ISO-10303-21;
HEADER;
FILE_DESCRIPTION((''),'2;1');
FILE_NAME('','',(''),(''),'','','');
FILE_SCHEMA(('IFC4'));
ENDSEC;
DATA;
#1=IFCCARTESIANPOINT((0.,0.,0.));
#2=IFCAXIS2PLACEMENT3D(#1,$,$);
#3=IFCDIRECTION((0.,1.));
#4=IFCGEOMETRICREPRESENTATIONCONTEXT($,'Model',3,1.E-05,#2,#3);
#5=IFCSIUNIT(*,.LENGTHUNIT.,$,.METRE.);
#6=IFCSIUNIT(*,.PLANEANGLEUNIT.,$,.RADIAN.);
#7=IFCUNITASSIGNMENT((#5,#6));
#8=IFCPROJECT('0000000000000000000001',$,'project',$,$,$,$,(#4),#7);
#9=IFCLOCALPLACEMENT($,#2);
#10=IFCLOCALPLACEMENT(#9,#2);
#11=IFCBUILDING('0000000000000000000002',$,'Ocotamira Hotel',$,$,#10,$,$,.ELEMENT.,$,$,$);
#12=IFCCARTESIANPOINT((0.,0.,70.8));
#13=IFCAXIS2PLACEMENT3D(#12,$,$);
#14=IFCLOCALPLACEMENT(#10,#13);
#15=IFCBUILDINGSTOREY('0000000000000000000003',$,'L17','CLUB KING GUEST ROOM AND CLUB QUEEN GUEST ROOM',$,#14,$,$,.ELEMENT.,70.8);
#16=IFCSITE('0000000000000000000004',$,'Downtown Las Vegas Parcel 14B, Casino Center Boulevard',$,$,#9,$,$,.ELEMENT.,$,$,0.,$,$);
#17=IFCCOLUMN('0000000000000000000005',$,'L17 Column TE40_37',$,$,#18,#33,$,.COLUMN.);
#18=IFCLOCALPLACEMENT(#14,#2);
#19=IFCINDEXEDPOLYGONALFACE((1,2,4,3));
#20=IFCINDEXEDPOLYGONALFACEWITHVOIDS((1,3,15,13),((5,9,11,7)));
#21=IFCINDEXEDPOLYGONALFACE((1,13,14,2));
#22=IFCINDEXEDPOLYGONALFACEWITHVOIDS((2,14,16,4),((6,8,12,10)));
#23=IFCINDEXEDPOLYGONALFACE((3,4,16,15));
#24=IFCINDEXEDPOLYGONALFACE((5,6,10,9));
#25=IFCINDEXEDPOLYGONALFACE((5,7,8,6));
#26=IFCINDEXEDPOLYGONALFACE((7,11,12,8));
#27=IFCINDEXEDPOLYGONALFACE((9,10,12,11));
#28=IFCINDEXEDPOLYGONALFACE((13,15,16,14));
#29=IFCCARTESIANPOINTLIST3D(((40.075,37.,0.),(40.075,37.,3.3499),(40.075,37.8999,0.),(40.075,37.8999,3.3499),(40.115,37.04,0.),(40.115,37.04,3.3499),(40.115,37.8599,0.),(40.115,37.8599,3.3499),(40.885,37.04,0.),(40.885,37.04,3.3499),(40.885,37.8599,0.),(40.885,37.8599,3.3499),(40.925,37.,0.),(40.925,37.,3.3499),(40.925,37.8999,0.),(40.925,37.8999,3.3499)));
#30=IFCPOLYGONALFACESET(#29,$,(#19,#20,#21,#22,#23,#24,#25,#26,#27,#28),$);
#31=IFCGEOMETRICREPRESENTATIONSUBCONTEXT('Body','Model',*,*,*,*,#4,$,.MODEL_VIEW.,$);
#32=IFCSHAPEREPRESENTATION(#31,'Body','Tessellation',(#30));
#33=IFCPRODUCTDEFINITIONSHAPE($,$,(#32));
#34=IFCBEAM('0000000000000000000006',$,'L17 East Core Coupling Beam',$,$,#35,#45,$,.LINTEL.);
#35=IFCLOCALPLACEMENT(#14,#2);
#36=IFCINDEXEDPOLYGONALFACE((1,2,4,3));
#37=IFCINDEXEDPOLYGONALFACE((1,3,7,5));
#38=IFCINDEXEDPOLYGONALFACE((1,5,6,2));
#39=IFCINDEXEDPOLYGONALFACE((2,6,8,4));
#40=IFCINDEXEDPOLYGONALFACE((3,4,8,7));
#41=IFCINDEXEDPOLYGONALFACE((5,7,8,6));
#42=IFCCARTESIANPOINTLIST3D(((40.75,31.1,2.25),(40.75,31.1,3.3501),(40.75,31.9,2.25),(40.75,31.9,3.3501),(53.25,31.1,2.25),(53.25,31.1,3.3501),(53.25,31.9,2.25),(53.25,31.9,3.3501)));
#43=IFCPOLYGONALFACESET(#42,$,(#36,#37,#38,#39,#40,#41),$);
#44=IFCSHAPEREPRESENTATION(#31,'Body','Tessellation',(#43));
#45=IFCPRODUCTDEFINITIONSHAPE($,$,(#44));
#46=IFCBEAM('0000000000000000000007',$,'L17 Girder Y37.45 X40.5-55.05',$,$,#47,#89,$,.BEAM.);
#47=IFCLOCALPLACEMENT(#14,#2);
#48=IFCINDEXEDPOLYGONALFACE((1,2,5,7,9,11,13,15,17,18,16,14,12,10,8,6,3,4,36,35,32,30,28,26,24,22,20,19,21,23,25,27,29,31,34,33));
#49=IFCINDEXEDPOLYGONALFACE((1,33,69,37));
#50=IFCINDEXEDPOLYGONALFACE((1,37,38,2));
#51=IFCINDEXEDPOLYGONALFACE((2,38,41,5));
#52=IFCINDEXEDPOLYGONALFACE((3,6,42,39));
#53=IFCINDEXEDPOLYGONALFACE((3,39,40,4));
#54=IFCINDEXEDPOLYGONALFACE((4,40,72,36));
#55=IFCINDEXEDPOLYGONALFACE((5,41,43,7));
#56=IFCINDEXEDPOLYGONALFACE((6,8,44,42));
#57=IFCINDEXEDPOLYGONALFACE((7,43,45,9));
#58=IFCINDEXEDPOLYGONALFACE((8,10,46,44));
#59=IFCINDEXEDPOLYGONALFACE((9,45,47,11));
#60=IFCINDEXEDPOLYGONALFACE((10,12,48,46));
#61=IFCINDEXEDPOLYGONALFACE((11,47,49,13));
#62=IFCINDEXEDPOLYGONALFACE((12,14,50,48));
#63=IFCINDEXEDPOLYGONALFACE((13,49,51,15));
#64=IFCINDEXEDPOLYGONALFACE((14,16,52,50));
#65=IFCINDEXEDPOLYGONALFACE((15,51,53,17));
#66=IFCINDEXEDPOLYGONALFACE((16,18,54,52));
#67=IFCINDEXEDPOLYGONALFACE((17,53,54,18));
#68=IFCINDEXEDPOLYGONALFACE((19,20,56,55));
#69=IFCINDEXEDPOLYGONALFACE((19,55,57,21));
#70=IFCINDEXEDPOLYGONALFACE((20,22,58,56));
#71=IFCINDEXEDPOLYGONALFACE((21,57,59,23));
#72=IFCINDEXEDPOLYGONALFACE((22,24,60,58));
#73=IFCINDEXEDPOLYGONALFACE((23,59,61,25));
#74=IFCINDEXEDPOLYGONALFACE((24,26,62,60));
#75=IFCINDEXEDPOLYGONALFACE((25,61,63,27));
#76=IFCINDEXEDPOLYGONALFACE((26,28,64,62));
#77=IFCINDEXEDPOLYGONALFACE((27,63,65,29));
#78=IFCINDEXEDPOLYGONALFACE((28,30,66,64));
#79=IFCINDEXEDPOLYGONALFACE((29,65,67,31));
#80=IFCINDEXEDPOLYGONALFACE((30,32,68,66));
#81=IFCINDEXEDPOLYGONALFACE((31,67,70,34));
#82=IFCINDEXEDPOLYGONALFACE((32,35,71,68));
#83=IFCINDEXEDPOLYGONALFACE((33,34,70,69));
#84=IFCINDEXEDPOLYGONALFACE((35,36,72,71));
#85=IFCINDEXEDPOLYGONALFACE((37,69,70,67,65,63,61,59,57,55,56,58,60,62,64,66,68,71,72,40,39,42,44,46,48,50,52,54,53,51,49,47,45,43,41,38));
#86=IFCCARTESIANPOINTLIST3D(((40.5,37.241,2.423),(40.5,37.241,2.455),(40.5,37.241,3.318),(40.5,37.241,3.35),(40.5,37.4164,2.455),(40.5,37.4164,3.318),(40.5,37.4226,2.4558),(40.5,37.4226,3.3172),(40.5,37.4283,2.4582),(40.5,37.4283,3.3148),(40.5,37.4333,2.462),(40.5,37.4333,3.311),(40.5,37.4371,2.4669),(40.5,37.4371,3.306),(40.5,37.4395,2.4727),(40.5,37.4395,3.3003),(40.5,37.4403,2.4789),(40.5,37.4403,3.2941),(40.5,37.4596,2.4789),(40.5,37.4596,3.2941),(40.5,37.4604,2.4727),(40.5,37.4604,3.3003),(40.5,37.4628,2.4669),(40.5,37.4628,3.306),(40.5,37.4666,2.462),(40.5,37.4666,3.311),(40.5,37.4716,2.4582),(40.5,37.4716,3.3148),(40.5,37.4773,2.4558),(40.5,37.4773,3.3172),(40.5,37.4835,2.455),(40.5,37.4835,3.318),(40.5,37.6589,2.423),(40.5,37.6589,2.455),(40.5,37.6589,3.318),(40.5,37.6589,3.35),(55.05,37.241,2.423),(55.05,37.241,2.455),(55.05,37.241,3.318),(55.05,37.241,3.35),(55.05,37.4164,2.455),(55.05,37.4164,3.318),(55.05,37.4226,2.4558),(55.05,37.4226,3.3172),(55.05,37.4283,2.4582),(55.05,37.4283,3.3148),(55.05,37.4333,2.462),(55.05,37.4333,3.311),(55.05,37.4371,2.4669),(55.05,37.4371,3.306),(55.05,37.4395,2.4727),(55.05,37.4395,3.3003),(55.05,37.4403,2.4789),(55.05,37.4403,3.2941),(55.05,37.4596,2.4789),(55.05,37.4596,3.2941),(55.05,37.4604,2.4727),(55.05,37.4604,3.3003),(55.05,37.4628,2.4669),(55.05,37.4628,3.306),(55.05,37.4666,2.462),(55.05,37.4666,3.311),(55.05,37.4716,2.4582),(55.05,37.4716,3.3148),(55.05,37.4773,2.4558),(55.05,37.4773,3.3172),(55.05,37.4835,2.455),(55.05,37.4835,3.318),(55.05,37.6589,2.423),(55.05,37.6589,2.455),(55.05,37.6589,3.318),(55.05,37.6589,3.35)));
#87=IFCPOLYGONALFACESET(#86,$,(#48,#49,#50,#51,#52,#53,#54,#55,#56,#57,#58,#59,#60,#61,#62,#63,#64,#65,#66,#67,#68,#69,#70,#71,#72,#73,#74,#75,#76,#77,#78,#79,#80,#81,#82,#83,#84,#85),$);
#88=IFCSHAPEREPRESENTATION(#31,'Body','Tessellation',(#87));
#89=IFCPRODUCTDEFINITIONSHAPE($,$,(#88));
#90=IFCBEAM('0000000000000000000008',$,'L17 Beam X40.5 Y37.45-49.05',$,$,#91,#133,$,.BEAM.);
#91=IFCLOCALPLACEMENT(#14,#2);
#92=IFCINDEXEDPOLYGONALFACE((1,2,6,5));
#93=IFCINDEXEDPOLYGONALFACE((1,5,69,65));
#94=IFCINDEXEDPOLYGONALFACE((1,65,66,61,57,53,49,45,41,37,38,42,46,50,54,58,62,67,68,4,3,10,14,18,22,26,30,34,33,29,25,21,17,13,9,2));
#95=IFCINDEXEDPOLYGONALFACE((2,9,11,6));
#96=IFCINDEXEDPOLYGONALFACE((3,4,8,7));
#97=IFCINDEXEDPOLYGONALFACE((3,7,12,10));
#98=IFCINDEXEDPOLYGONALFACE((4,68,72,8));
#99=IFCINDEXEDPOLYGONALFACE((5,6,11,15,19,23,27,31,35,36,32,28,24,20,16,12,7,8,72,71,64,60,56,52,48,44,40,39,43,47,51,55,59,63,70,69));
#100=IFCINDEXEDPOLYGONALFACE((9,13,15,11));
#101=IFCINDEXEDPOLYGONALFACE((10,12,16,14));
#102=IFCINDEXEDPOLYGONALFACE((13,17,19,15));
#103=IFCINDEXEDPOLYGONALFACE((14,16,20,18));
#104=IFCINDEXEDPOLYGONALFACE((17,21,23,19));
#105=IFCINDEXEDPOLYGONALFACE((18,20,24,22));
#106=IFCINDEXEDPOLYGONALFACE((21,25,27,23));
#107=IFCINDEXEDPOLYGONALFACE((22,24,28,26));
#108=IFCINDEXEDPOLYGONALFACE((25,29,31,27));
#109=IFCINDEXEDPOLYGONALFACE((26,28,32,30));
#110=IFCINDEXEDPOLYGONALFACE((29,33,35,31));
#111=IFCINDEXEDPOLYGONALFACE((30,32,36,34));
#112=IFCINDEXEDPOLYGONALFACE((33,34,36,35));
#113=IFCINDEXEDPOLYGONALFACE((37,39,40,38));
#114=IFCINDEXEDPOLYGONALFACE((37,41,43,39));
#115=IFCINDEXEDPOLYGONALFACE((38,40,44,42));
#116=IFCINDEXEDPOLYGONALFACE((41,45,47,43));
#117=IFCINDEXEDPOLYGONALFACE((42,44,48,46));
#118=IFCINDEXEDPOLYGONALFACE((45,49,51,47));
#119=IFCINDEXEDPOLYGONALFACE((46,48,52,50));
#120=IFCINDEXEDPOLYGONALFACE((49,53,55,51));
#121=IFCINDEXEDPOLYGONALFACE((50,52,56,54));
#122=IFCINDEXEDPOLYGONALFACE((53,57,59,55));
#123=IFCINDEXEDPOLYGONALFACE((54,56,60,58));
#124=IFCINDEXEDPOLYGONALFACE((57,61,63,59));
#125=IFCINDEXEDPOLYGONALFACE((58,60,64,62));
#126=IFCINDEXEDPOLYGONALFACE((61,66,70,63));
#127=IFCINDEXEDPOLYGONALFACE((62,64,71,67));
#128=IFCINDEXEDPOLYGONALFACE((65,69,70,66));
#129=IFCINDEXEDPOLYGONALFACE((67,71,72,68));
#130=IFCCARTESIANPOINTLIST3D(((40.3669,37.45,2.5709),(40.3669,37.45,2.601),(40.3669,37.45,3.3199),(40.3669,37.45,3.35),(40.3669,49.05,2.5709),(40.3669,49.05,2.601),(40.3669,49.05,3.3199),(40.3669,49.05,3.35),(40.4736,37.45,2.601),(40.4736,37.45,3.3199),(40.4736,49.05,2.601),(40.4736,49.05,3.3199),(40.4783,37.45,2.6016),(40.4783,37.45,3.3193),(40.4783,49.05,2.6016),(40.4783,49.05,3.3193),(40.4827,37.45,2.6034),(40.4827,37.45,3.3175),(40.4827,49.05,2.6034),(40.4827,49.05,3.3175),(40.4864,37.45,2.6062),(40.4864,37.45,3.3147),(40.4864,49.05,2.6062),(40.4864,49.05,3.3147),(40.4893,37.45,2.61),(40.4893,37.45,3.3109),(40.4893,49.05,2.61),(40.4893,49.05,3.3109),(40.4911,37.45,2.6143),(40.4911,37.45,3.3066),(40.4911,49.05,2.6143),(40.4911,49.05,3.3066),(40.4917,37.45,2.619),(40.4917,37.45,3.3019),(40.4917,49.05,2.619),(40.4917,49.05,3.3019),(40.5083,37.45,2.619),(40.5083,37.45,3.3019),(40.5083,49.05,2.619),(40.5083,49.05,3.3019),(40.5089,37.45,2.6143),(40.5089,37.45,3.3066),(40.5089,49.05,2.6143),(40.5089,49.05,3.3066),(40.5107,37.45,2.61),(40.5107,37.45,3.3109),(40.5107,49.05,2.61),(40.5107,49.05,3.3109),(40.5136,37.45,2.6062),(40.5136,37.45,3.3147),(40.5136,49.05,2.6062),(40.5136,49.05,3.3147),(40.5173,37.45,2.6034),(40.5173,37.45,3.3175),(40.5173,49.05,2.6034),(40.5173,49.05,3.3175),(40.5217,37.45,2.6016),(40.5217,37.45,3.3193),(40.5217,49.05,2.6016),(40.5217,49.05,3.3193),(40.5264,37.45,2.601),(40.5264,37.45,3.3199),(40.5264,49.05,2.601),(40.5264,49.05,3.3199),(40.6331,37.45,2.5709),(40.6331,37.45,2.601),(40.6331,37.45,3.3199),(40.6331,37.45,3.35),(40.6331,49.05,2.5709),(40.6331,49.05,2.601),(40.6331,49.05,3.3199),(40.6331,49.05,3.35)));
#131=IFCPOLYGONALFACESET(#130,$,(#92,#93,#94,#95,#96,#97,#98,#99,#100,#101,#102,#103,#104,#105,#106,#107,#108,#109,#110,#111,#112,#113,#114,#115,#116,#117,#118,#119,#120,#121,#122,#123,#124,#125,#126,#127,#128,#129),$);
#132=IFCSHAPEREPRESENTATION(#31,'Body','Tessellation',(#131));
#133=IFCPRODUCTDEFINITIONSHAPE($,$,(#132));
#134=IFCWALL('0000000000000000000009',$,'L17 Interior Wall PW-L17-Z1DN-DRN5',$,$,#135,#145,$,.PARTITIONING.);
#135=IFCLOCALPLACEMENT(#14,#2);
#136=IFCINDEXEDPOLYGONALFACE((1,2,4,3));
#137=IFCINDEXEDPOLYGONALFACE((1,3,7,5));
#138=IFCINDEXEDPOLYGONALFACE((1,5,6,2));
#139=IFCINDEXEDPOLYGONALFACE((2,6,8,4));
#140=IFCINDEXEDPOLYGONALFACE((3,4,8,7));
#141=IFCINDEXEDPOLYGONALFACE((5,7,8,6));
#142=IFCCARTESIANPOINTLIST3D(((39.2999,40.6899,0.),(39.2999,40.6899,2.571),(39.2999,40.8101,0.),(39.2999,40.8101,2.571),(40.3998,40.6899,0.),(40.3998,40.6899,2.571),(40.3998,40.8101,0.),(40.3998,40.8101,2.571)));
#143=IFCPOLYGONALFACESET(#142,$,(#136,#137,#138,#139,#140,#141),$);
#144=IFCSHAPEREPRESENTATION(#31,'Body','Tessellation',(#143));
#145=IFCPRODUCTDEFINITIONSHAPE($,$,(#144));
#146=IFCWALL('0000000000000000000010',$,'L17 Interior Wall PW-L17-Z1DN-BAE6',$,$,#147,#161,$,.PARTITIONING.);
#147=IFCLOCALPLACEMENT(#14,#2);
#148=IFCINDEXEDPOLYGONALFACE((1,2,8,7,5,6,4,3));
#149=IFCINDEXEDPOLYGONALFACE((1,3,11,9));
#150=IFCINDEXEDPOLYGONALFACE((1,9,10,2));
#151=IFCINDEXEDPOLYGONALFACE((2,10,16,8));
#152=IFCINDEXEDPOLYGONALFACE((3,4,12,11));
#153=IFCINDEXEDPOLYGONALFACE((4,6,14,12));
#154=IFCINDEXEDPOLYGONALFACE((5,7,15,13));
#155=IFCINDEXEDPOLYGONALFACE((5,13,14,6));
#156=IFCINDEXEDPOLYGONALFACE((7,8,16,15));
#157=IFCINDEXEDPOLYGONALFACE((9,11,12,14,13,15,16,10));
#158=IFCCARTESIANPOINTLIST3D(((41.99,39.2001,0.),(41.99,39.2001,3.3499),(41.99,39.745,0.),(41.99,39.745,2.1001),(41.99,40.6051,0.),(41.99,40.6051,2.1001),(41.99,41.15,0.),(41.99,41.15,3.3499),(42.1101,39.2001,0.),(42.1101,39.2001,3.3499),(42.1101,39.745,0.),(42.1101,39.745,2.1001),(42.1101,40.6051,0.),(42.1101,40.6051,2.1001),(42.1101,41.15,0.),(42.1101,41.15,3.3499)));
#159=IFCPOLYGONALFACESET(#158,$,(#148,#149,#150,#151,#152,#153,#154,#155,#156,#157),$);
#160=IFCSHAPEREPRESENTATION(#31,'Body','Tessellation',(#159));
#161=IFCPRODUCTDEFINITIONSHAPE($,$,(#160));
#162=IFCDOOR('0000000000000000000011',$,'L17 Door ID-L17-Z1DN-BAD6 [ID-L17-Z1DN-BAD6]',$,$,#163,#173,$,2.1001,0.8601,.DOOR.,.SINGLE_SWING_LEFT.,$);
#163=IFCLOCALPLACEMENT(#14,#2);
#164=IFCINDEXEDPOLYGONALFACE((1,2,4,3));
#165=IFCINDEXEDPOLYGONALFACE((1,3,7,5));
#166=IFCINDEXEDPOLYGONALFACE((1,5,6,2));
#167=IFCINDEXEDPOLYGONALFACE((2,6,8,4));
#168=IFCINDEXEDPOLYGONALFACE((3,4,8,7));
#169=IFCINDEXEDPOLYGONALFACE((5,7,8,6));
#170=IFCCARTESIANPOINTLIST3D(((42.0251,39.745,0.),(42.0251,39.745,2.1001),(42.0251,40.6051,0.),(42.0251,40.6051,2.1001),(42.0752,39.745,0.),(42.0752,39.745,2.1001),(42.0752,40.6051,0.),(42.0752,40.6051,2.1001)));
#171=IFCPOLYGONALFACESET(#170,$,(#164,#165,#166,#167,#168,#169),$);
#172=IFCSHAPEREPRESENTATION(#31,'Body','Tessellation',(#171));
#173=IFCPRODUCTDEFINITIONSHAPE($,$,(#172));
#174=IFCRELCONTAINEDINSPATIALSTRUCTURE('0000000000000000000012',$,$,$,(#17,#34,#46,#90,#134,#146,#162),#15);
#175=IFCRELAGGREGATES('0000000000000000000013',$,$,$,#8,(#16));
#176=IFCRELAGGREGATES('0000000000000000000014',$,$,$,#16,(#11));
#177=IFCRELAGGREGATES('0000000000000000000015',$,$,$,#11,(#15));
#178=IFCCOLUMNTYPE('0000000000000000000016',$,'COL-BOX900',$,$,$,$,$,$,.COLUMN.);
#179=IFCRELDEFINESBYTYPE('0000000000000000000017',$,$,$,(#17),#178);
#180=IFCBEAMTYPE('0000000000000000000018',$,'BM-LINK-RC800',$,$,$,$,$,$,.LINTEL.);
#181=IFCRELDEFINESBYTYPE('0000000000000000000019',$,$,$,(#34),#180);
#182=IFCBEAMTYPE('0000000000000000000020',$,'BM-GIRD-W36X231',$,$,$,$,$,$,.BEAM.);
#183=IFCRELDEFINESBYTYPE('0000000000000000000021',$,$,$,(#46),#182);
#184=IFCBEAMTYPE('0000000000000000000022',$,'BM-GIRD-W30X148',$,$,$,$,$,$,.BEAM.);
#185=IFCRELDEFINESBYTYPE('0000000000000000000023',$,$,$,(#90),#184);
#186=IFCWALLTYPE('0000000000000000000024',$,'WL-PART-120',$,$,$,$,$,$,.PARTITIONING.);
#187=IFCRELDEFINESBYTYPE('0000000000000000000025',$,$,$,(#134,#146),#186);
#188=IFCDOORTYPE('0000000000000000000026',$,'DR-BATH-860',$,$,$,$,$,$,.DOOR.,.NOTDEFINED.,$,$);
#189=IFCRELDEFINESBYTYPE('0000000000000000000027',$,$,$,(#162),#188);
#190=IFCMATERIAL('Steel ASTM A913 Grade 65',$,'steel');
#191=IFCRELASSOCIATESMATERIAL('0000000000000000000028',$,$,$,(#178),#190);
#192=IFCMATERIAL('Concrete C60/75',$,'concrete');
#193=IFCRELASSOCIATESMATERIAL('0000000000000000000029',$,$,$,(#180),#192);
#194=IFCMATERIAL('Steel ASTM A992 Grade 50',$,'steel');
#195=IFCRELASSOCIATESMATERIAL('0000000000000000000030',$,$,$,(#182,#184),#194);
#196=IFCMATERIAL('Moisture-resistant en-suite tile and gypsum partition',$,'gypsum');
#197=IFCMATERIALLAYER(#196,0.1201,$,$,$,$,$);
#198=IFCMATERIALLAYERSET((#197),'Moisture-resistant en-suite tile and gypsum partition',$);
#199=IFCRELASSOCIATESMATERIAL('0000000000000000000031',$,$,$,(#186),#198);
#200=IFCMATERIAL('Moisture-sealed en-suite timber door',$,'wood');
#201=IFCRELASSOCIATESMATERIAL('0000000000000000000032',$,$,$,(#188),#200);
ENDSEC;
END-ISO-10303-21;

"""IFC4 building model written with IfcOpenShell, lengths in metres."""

from ifc_helpers import new_model, si_unit, direction, frame, frame_2d, origin, origin_2d, place, context, subcontext, project, spatial, rectangle, hollow_rectangle, i_section, extrude, source, transform, mapped, material, layer, layer_set, material_profile, profile_set, type_object, element, fill, save


model = new_model("IFC4")

# Units and contexts
model_context = context("Model", 3, precision=1e-05, world=origin(), true_north=direction((0.0, 1.0)))
body_context = subcontext(model_context, "Body", "Model", "MODEL_VIEW")
ifc_project = project(units=[si_unit("LENGTHUNIT", "METRE"), si_unit("PLANEANGLEUNIT", "RADIAN")], contexts=[model_context])

# Site, building, storey
site_placement = place(None, origin())
site = spatial("IfcSite", under=ifc_project, at=site_placement, Name="Downtown Las Vegas Parcel 14B, Casino Center Boulevard", CompositionType="ELEMENT", RefElevation=0.0)
building_placement = place(site_placement, origin())
building = spatial("IfcBuilding", under=site, at=building_placement, Name="Ocotamira Hotel", CompositionType="ELEMENT")
storey_placement = place(building_placement, frame((0.0, 0.0, 70.8)))
storey = spatial("IfcBuildingStorey", under=building, at=storey_placement, Name="L17", Description="CLUB KING GUEST ROOM AND CLUB QUEEN GUEST ROOM", CompositionType="ELEMENT", Elevation=70.8)

# Column
ifc_material_1 = material(Name="Steel ASTM A913 Grade 65", Category="steel")
ifc_material_profile_1 = material_profile(ifc_material_1, hollow_rectangle(XDim=0.8501, YDim=0.8999, WallThickness=0.04, at=origin_2d()), Name="BOX900X850X40")
ifc_profile_set_1 = profile_set([ifc_material_profile_1], Name="Steel ASTM A913 Grade 65")
column_type = type_object("IfcColumnType", Name="COL-BOX900", PredefinedType="COLUMN", material=ifc_profile_set_1)
shared_shape_1 = source(origin(), body_context, "Body", "SweptSolid", [
    extrude(hollow_rectangle(XDim=0.8501, YDim=0.8999, WallThickness=0.04, at=origin_2d()), origin(), (0.0, 0.0, 1.0), 3.3499),
])
column_placement = place(storey_placement, frame((40.5, 37.45, 0.0), z_axis=(0.0, 0.0, 1.0), x_axis=(1.0, 0.0, 0.0)))
element("IfcColumn", 1, at=column_placement, inside=storey, type_object=column_type, Name="L17 Column TE40_37", PredefinedType="COLUMN", context=body_context, shape_type="MappedRepresentation", body=[
    mapped(shared_shape_1, transform((0.0, 0.0, 0.0), scale=1.0)),
])

# Beams
ifc_material_2 = material(Name="Concrete C60/75", Category="concrete")
ifc_material_profile_2 = material_profile(ifc_material_2, rectangle(XDim=0.8, YDim=1.1001, at=origin_2d()), Name="RC800X1100")
ifc_profile_set_2 = profile_set([ifc_material_profile_2], Name="Concrete C60/75")
beam_type_1 = type_object("IfcBeamType", Name="BM-LINK-RC800", PredefinedType="LINTEL", material=ifc_profile_set_2)
shared_shape_2 = source(origin(), body_context, "Body", "SweptSolid", [
    extrude(rectangle(XDim=0.8, YDim=1.1001, at=origin_2d()), origin(), (0.0, 0.0, 1.0), 12.5),
])
beam_1_placement = place(storey_placement, frame((40.75, 31.5, 2.8), z_axis=(1.0, 0.0, 0.0), x_axis=(0.0, 1.0, 0.0)))
element("IfcBeam", 2, at=beam_1_placement, inside=storey, type_object=beam_type_1, Name="L17 East Core Coupling Beam", PredefinedType="LINTEL", context=body_context, shape_type="MappedRepresentation", body=[
    mapped(shared_shape_2, transform((0.0, 0.0, 0.0), scale=1.0)),
])
ifc_material_3 = material(Name="Steel ASTM A992 Grade 50", Category="steel")
ifc_material_profile_3 = material_profile(ifc_material_3, i_section(OverallWidth=0.418, OverallDepth=0.927, WebThickness=0.0193, FlangeThickness=0.032, FilletRadius=0.0239, at=origin_2d()), Name="W36X231")
ifc_profile_set_3 = profile_set([ifc_material_profile_3], Name="Steel ASTM A992 Grade 50")
beam_type_2 = type_object("IfcBeamType", Name="BM-GIRD-W36X231", PredefinedType="BEAM", material=ifc_profile_set_3)
shared_shape_3 = source(origin(), body_context, "Body", "SweptSolid", [
    extrude(i_section(OverallWidth=0.418, OverallDepth=0.927, WebThickness=0.0193, FlangeThickness=0.032, FilletRadius=0.0239, at=origin_2d()), origin(), (0.0, 0.0, 1.0), 14.55),
])
beam_2_placement = place(storey_placement, frame((40.5, 37.45, 2.8865), z_axis=(1.0, 0.0, 0.0), x_axis=(0.0, 1.0, 0.0)))
element("IfcBeam", 3, at=beam_2_placement, inside=storey, type_object=beam_type_2, Name="L17 Girder Y37.45 X40.5-55.05", PredefinedType="BEAM", context=body_context, shape_type="MappedRepresentation", body=[
    mapped(shared_shape_3, transform((0.0, 0.0, 0.0), scale=1.0)),
])
ifc_material_profile_4 = material_profile(ifc_material_3, i_section(OverallWidth=0.2661, OverallDepth=0.7791, WebThickness=0.0166, FlangeThickness=0.03, FilletRadius=0.0181, at=origin_2d()), Name="W30X148")
ifc_profile_set_4 = profile_set([ifc_material_profile_4], Name="Steel ASTM A992 Grade 50")
beam_type_3 = type_object("IfcBeamType", Name="BM-GIRD-W30X148", PredefinedType="BEAM", material=ifc_profile_set_4)
shared_shape_4 = source(origin(), body_context, "Body", "SweptSolid", [
    extrude(i_section(OverallWidth=0.2661, OverallDepth=0.7791, WebThickness=0.0166, FlangeThickness=0.03, FilletRadius=0.0181, at=origin_2d()), origin(), (0.0, 0.0, 1.0), 11.6001),
])
beam_3_placement = place(storey_placement, frame((40.5, 37.45, 2.9604), z_axis=(0.0, 1.0, 0.0), x_axis=(-1.0, 0.0, 0.0)))
element("IfcBeam", 4, at=beam_3_placement, inside=storey, type_object=beam_type_3, Name="L17 Beam X40.5 Y37.45-49.05", PredefinedType="BEAM", context=body_context, shape_type="MappedRepresentation", body=[
    mapped(shared_shape_4, transform((0.0, 0.0, 0.0), scale=1.0)),
])

# Wall
ifc_material_4 = material(Name="Moisture-resistant en-suite tile and gypsum partition", Category="gypsum")
ifc_layer_1 = layer(ifc_material_4, 0.1201)
ifc_layer_set_1 = layer_set([ifc_layer_1], Name="Moisture-resistant en-suite tile and gypsum partition")
wall_type_1 = type_object("IfcWallType", Name="WL-PART-120", PredefinedType="PARTITIONING", material=ifc_layer_set_1)
wall_1_placement = place(storey_placement, frame((39.3, 40.75, 0.0), z_axis=(0.0, 0.0, 1.0), x_axis=(1.0, 0.0, 0.0)))
element("IfcWall", 5, at=wall_1_placement, inside=storey, type_object=wall_type_1, Name="L17 Interior Wall PW-L17-Z1DN-DRN5", PredefinedType="PARTITIONING", context=body_context, shape_type="SweptSolid", body=[
    extrude(rectangle(XDim=1.0999, YDim=0.1201, at=frame_2d((0.5498, 0.0))), origin(), (0.0, 0.0, 1.0), 2.571),
])

# Wall, opening, door
wall_2_placement = place(storey_placement, frame((42.05, 39.2, 0.0), z_axis=(0.0, 0.0, 1.0), x_axis=(0.0, 1.0, 0.0)))
wall_2 = element("IfcWall", 6, at=wall_2_placement, inside=storey, type_object=wall_type_1, Name="L17 Interior Wall PW-L17-Z1DN-BAE6", PredefinedType="PARTITIONING", context=body_context, shape_type="SweptSolid", body=[
    extrude(rectangle(XDim=1.95, YDim=0.1201, at=frame_2d((0.9751, 0.0))), origin(), (0.0, 0.0, 1.0), 3.3499),
])
opening_1_placement = place(wall_2_placement, frame((0.5449, 0.0, 0.0)))
opening_1 = element("IfcOpeningElement", 7, at=opening_1_placement, cuts=wall_2, PredefinedType="OPENING", context=body_context, shape_type="SweptSolid", body=[
    extrude(rectangle(XDim=0.8601, YDim=2.1001, at=frame_2d((0.4302, 1.05))), frame((0.0, 0.0701, 0.0), z_axis=(0.0, -1.0, 0.0), x_axis=(1.0, 0.0, 0.0)), (0.0, 0.0, 1.0), 0.1401),
])
ifc_material_5 = material(Name="Moisture-sealed en-suite timber door", Category="wood")
door_type_1 = type_object("IfcDoorType", Name="DR-BATH-860", OperationType="NOTDEFINED", PredefinedType="DOOR", material=ifc_material_5)
shared_shape_5 = source(origin(), body_context, "Body", "SweptSolid", [
    extrude(rectangle(XDim=0.8601, YDim=2.1001, at=frame_2d((0.4302, 1.05))), frame((0.0, 0.0249, 0.0), z_axis=(0.0, -1.0, 0.0), x_axis=(1.0, 0.0, 0.0)), (0.0, 0.0, 1.0), 0.05),
])
door_1_placement = place(opening_1_placement, origin())
door_1 = element("IfcDoor", 8, at=door_1_placement, inside=storey, type_object=door_type_1, Name="L17 Door ID-L17-Z1DN-BAD6 [ID-L17-Z1DN-BAD6]", OperationType="SINGLE_SWING_LEFT", OverallHeight=2.1001, OverallWidth=0.8601, PredefinedType="DOOR", context=body_context, shape_type="MappedRepresentation", body=[
    mapped(shared_shape_5, transform((0.0, 0.0, 0.0), scale=1.0)),
])
fill(opening_1, door_1)

save(model, "model.ifc")
